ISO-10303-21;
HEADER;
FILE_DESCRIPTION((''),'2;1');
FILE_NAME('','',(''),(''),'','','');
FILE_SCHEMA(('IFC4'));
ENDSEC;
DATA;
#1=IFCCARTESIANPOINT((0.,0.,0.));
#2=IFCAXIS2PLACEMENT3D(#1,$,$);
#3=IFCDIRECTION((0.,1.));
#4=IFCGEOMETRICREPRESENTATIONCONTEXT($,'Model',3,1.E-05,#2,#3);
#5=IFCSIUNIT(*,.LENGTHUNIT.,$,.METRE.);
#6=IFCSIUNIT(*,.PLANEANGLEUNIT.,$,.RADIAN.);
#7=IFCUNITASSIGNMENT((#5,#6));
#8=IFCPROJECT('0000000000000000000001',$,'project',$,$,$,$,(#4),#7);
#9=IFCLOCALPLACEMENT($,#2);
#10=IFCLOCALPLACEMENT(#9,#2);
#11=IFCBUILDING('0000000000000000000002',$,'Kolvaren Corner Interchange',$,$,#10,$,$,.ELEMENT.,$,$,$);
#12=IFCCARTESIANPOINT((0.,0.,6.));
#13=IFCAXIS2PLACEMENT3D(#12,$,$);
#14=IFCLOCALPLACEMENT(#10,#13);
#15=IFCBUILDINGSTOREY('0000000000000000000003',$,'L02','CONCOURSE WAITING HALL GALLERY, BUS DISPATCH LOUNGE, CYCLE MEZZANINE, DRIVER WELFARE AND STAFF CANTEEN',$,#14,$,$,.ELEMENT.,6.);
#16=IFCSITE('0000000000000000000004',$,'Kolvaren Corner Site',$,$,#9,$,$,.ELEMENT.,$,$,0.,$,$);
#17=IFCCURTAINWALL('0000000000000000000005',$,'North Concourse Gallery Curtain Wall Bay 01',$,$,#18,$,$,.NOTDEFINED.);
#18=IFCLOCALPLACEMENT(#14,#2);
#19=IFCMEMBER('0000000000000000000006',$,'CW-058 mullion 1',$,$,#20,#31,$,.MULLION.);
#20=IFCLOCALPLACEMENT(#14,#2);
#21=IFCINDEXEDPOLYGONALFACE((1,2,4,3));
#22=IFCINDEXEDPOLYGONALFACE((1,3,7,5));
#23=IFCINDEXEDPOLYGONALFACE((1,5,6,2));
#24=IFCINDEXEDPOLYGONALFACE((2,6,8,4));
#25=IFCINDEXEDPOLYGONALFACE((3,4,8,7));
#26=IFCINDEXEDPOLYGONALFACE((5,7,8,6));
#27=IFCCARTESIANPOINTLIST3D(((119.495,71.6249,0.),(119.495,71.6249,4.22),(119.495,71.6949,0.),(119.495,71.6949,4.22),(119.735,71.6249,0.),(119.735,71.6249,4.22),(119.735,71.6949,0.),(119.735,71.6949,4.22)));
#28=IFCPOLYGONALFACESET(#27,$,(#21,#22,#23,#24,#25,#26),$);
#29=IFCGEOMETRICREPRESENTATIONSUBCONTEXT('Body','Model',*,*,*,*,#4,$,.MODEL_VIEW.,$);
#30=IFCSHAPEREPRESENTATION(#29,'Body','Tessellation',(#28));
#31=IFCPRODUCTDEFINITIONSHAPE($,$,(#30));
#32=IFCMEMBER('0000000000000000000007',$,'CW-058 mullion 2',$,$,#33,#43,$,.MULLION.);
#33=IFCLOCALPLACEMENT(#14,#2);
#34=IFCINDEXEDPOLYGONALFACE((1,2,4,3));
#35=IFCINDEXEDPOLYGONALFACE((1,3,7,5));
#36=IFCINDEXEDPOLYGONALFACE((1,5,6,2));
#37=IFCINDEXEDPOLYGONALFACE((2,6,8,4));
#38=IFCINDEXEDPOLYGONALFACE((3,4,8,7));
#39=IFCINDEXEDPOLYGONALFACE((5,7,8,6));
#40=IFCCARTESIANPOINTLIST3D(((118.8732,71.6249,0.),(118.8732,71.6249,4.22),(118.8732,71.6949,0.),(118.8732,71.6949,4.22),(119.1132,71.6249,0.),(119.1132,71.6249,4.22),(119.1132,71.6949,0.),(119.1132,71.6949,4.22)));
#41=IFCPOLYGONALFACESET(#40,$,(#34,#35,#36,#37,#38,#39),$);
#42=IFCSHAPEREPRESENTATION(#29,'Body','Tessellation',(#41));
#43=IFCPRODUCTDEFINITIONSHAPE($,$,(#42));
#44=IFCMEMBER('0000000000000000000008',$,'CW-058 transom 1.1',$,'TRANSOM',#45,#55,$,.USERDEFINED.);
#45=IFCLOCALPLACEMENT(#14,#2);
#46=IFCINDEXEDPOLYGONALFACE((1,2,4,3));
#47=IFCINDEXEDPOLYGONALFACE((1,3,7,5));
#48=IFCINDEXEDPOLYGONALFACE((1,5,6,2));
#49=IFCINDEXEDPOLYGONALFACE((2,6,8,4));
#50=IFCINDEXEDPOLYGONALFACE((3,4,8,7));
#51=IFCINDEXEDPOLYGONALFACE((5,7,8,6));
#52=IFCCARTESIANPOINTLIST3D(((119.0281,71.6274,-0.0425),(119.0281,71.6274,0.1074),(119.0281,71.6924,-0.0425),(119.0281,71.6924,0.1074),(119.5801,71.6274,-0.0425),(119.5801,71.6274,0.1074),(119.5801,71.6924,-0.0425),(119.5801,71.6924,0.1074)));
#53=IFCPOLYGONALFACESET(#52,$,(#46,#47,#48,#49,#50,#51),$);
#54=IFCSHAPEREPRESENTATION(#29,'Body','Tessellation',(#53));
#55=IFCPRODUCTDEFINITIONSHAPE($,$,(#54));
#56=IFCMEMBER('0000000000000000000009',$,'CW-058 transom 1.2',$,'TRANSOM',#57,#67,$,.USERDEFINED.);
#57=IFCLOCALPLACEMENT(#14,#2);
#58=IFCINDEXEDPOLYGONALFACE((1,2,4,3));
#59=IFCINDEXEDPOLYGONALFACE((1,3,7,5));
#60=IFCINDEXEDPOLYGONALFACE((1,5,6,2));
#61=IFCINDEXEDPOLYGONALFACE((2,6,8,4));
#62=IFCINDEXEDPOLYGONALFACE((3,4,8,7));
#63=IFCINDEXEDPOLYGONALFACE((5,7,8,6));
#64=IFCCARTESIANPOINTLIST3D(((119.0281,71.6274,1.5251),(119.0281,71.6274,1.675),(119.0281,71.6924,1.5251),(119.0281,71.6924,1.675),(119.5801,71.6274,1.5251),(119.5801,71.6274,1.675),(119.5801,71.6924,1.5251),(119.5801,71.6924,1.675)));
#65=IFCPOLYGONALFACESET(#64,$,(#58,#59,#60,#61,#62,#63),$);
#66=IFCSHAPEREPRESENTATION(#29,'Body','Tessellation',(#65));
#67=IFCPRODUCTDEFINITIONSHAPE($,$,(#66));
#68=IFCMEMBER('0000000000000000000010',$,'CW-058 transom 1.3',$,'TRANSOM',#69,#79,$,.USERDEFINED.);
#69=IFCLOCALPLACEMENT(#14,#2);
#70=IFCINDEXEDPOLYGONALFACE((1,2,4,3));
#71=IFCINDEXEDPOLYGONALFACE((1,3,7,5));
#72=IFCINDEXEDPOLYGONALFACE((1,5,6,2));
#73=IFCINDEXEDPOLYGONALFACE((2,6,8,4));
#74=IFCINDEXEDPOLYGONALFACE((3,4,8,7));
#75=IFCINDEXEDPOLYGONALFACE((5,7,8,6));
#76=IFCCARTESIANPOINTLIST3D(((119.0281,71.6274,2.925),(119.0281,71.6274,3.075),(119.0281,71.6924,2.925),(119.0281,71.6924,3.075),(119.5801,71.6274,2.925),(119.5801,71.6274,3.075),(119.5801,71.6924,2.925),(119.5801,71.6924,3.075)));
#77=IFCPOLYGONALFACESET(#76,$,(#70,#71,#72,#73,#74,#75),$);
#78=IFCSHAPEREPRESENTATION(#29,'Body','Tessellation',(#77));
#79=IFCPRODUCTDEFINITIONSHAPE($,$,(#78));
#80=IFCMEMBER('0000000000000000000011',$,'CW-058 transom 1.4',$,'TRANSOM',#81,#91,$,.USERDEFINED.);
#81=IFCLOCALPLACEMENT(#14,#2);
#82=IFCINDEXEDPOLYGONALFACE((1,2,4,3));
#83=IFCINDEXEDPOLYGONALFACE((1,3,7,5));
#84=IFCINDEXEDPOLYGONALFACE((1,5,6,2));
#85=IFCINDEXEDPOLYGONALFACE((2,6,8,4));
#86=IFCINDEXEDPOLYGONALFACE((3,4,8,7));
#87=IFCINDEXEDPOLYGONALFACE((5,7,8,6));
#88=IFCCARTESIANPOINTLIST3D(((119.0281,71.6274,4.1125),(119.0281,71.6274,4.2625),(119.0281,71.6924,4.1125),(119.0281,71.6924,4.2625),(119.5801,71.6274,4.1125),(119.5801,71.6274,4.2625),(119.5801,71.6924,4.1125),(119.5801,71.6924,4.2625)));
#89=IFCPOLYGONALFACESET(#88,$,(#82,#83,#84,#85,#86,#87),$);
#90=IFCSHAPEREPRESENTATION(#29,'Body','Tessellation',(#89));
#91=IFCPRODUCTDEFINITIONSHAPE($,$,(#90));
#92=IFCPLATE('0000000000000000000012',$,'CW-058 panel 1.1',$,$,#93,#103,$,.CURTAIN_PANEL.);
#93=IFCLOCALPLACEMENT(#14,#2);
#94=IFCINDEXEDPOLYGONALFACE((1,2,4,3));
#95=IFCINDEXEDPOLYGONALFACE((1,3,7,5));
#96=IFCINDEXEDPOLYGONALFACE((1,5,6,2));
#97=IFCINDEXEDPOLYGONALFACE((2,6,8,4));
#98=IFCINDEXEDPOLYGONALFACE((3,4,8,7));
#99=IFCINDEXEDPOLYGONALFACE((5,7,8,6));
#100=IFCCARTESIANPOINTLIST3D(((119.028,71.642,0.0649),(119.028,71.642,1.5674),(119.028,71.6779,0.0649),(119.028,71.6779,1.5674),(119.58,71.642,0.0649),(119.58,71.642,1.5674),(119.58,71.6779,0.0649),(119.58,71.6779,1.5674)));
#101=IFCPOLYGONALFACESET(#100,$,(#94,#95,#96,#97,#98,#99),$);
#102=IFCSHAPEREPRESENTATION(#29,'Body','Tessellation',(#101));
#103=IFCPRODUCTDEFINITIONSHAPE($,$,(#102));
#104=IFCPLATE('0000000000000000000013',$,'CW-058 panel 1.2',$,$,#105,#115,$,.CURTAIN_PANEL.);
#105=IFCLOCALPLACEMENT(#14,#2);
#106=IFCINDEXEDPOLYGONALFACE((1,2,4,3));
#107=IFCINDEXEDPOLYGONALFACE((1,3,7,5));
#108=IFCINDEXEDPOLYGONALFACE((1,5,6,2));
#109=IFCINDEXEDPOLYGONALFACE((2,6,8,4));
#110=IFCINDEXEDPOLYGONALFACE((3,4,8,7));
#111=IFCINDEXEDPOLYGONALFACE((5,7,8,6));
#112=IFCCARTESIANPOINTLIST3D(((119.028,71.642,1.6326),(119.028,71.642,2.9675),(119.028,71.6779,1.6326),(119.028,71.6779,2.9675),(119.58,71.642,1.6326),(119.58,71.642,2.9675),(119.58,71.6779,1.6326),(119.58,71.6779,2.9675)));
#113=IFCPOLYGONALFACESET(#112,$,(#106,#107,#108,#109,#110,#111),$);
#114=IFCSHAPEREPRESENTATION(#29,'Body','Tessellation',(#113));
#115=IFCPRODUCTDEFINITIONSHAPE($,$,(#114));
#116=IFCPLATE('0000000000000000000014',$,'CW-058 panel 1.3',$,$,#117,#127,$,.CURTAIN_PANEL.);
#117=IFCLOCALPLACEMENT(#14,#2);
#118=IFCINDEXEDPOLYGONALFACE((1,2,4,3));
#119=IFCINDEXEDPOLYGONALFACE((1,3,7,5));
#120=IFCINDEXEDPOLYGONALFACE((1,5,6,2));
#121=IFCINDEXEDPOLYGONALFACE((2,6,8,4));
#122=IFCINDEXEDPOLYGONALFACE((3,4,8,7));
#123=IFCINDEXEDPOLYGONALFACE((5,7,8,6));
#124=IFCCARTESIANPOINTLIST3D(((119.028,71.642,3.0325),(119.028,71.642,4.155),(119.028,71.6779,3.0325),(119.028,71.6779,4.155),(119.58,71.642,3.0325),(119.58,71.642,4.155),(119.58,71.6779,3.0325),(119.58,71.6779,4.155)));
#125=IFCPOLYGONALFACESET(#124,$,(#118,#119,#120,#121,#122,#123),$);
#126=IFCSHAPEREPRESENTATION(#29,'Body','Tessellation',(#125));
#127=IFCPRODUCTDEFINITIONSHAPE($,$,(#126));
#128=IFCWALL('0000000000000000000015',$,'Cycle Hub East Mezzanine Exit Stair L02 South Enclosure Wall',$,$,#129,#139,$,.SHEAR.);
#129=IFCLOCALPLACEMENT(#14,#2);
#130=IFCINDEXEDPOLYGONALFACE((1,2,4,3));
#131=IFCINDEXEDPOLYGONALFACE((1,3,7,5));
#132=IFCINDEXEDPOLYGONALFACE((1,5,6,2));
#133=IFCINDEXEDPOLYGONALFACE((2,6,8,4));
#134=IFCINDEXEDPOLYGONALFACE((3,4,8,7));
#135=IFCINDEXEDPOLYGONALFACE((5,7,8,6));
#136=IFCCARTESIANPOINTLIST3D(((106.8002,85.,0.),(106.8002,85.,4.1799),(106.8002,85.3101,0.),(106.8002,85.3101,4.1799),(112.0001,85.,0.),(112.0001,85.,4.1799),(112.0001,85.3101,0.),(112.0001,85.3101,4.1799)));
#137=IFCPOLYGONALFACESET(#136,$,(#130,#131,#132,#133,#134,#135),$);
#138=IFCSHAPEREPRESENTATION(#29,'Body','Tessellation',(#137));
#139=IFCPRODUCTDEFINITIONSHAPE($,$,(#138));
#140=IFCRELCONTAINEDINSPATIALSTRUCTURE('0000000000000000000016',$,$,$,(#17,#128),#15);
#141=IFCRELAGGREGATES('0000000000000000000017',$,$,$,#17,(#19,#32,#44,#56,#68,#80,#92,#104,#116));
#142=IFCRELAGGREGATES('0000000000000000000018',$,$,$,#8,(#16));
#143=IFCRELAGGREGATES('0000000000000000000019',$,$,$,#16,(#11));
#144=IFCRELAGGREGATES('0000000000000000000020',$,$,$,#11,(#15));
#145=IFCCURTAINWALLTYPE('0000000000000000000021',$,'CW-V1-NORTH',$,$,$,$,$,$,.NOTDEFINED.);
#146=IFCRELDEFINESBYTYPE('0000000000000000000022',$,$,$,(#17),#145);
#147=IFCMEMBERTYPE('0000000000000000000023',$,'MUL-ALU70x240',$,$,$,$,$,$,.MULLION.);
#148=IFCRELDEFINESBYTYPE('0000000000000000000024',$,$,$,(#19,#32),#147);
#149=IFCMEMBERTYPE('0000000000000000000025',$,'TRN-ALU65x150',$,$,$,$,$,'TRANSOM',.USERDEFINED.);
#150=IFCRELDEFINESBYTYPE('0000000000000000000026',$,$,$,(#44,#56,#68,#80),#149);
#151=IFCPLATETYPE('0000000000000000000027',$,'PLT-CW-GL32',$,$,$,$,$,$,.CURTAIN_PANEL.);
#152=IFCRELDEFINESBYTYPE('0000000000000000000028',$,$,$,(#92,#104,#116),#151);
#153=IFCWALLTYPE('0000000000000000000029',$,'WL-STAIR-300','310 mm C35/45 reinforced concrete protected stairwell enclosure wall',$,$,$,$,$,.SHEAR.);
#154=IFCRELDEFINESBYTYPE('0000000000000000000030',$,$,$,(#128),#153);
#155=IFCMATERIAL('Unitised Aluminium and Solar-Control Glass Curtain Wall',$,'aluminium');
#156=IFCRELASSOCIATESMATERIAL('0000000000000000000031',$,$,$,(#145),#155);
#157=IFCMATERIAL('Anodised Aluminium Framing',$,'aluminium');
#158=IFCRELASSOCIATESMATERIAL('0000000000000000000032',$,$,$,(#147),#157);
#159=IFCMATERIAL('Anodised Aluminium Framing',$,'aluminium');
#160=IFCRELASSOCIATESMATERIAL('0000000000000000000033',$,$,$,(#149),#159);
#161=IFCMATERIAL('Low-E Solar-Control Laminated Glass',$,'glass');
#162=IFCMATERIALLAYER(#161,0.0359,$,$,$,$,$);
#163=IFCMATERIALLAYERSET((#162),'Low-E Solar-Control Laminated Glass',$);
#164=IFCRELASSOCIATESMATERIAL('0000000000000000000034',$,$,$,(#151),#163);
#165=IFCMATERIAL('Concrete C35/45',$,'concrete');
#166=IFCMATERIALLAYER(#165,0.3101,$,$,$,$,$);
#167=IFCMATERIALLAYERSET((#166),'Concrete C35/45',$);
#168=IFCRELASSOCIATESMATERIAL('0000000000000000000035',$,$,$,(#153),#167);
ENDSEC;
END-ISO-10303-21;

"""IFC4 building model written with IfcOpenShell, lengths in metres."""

from ifc_helpers import new_model, si_unit, direction, frame, frame_2d, origin, origin_2d, place, context, subcontext, project, spatial, rectangle, extrude, material, layer, layer_set, material_profile, profile_set, type_object, element, aggregate, save


model = new_model("IFC4")

# Units and contexts
model_context = context("Model", 3, precision=1e-05, world=origin(), true_north=direction((0.0, 1.0)))
body_context = subcontext(model_context, "Body", "Model", "MODEL_VIEW")
ifc_project = project(units=[si_unit("LENGTHUNIT", "METRE"), si_unit("PLANEANGLEUNIT", "RADIAN")], contexts=[model_context])

# Site, building, storey
site_placement = place(None, origin())
site = spatial("IfcSite", under=ifc_project, at=site_placement, Name="Kolvaren Corner Site", CompositionType="ELEMENT", RefElevation=0.0)
building_placement = place(site_placement, origin())
building = spatial("IfcBuilding", under=site, at=building_placement, Name="Kolvaren Corner Interchange", CompositionType="ELEMENT")
storey_placement = place(building_placement, frame((0.0, 0.0, 6.0)))
storey = spatial("IfcBuildingStorey", under=building, at=storey_placement, Name="L02", Description="CONCOURSE WAITING HALL GALLERY, BUS DISPATCH LOUNGE, CYCLE MEZZANINE, DRIVER WELFARE AND STAFF CANTEEN", CompositionType="ELEMENT", Elevation=6.0)

# Curtain wall, members, plates
ifc_material_1 = material(Name="Unitised Aluminium and Solar-Control Glass Curtain Wall", Category="aluminium")
curtain_wall_type = type_object("IfcCurtainWallType", Name="CW-V1-NORTH", PredefinedType="NOTDEFINED", material=ifc_material_1)
curtain_wall_placement = place(storey_placement, origin())
curtain_wall = element("IfcCurtainWall", 1, at=curtain_wall_placement, inside=storey, type_object=curtain_wall_type, Name="North Concourse Gallery Curtain Wall Bay 01", PredefinedType="NOTDEFINED")
ifc_material_2 = material(Name="Anodised Aluminium Framing", Category="aluminium")
ifc_material_profile_1 = material_profile(ifc_material_2, rectangle(XDim=0.0701, YDim=0.24, at=origin_2d()), Name="ALU 70x240")
ifc_profile_set_1 = profile_set([ifc_material_profile_1], Name="Anodised Aluminium Framing")
member_type_1 = type_object("IfcMemberType", Name="MUL-ALU70x240", PredefinedType="MULLION", material=ifc_profile_set_1)
member_1_placement = place(storey_placement, frame((119.615, 71.6599, 0.0), z_axis=(0.0, 0.0, 1.0), x_axis=(0.0, -1.0, 0.0)))
member_1 = element("IfcMember", 2, at=member_1_placement, type_object=member_type_1, Name="CW-058 mullion 1", PredefinedType="MULLION", context=body_context, shape_type="SweptSolid", body=[
    extrude(rectangle(XDim=0.0701, YDim=0.24, at=origin_2d()), origin(), (0.0, 0.0, 1.0), 4.22),
])
member_2_placement = place(storey_placement, frame((118.9932, 71.6599, 0.0), z_axis=(0.0, 0.0, 1.0), x_axis=(0.0, -1.0, 0.0)))
member_2 = element("IfcMember", 3, at=member_2_placement, type_object=member_type_1, Name="CW-058 mullion 2", PredefinedType="MULLION", context=body_context, shape_type="SweptSolid", body=[
    extrude(rectangle(XDim=0.0701, YDim=0.24, at=origin_2d()), origin(), (0.0, 0.0, 1.0), 4.22),
])
ifc_material_3 = material(Name="Anodised Aluminium Framing", Category="aluminium")
ifc_material_profile_2 = material_profile(ifc_material_3, rectangle(XDim=0.0649, YDim=0.1499, at=origin_2d()), Name="ALU 65x150")
ifc_profile_set_2 = profile_set([ifc_material_profile_2], Name="Anodised Aluminium Framing")
member_type_2 = type_object("IfcMemberType", Name="TRN-ALU65x150", ElementType="TRANSOM", PredefinedType="USERDEFINED", material=ifc_profile_set_2)
member_3_placement = place(storey_placement, frame((119.5801, 71.6599, 0.0325), z_axis=(-1.0, 0.0, 0.0), x_axis=(0.0, -1.0, 0.0)))
member_3 = element("IfcMember", 4, at=member_3_placement, type_object=member_type_2, Name="CW-058 transom 1.1", ObjectType="TRANSOM", PredefinedType="USERDEFINED", context=body_context, shape_type="SweptSolid", body=[
    extrude(rectangle(XDim=0.0649, YDim=0.1499, at=origin_2d()), origin(), (0.0, 0.0, 1.0), 0.552),
])
member_4_placement = place(storey_placement, frame((119.5801, 71.6599, 1.6001), z_axis=(-1.0, 0.0, 0.0), x_axis=(0.0, -1.0, 0.0)))
member_4 = element("IfcMember", 5, at=member_4_placement, type_object=member_type_2, Name="CW-058 transom 1.2", ObjectType="TRANSOM", PredefinedType="USERDEFINED", context=body_context, shape_type="SweptSolid", body=[
    extrude(rectangle(XDim=0.0649, YDim=0.1499, at=origin_2d()), origin(), (0.0, 0.0, 1.0), 0.552),
])
member_5_placement = place(storey_placement, frame((119.5801, 71.6599, 3.0), z_axis=(-1.0, 0.0, 0.0), x_axis=(0.0, -1.0, 0.0)))
member_5 = element("IfcMember", 6, at=member_5_placement, type_object=member_type_2, Name="CW-058 transom 1.3", ObjectType="TRANSOM", PredefinedType="USERDEFINED", context=body_context, shape_type="SweptSolid", body=[
    extrude(rectangle(XDim=0.0649, YDim=0.1499, at=origin_2d()), origin(), (0.0, 0.0, 1.0), 0.552),
])
member_6_placement = place(storey_placement, frame((119.5801, 71.6599, 4.1875), z_axis=(-1.0, 0.0, 0.0), x_axis=(0.0, -1.0, 0.0)))
member_6 = element("IfcMember", 7, at=member_6_placement, type_object=member_type_2, Name="CW-058 transom 1.4", ObjectType="TRANSOM", PredefinedType="USERDEFINED", context=body_context, shape_type="SweptSolid", body=[
    extrude(rectangle(XDim=0.0649, YDim=0.1499, at=origin_2d()), origin(), (0.0, 0.0, 1.0), 0.552),
])
ifc_material_4 = material(Name="Low-E Solar-Control Laminated Glass", Category="glass")
ifc_layer_1 = layer(ifc_material_4, 0.0359)
ifc_layer_set_1 = layer_set([ifc_layer_1], Name="Low-E Solar-Control Laminated Glass")
plate_type = type_object("IfcPlateType", Name="PLT-CW-GL32", PredefinedType="CURTAIN_PANEL", material=ifc_layer_set_1)
plate_1_placement = place(storey_placement, frame((119.304, 71.6599, 0.0649), z_axis=(0.0, 0.0, 1.0), x_axis=(-1.0, 0.0, 0.0)))
plate_1 = element("IfcPlate", 8, at=plate_1_placement, type_object=plate_type, Name="CW-058 panel 1.1", PredefinedType="CURTAIN_PANEL", context=body_context, shape_type="SweptSolid", body=[
    extrude(rectangle(XDim=0.552, YDim=0.0359, at=origin_2d()), origin(), (0.0, 0.0, 1.0), 1.5024),
])
plate_2_placement = place(storey_placement, frame((119.304, 71.6599, 1.6326), z_axis=(0.0, 0.0, 1.0), x_axis=(-1.0, 0.0, 0.0)))
plate_2 = element("IfcPlate", 9, at=plate_2_placement, type_object=plate_type, Name="CW-058 panel 1.2", PredefinedType="CURTAIN_PANEL", context=body_context, shape_type="SweptSolid", body=[
    extrude(rectangle(XDim=0.552, YDim=0.0359, at=origin_2d()), origin(), (0.0, 0.0, 1.0), 1.335),
])
plate_3_placement = place(storey_placement, frame((119.304, 71.6599, 3.0325), z_axis=(0.0, 0.0, 1.0), x_axis=(-1.0, 0.0, 0.0)))
plate_3 = element("IfcPlate", 10, at=plate_3_placement, type_object=plate_type, Name="CW-058 panel 1.3", PredefinedType="CURTAIN_PANEL", context=body_context, shape_type="SweptSolid", body=[
    extrude(rectangle(XDim=0.552, YDim=0.0359, at=origin_2d()), origin(), (0.0, 0.0, 1.0), 1.1226),
])
aggregate(curtain_wall, [member_1, member_2, member_3, member_4, member_5, member_6, plate_1, plate_2, plate_3])

# Wall
ifc_material_5 = material(Name="Concrete C35/45", Category="concrete")
ifc_layer_2 = layer(ifc_material_5, 0.3101)
ifc_layer_set_2 = layer_set([ifc_layer_2], Name="Concrete C35/45")
wall_type_1 = type_object("IfcWallType", Name="WL-STAIR-300", Description="310 mm C35/45 reinforced concrete protected stairwell enclosure wall", PredefinedType="SHEAR", material=ifc_layer_set_2)
wall_1_placement = place(storey_placement, frame((106.8, 85.155, 0.0), z_axis=(0.0, 0.0, 1.0), x_axis=(1.0, 0.0, 0.0)))
element("IfcWall", 11, at=wall_1_placement, inside=storey, type_object=wall_type_1, Name="Cycle Hub East Mezzanine Exit Stair L02 South Enclosure Wall", PredefinedType="SHEAR", context=body_context, shape_type="SweptSolid", body=[
    extrude(rectangle(XDim=5.2, YDim=0.3101, at=frame_2d((2.6001, 0.0))), origin(), (0.0, 0.0, 1.0), 4.1799),
])

save(model, "model.ifc")
